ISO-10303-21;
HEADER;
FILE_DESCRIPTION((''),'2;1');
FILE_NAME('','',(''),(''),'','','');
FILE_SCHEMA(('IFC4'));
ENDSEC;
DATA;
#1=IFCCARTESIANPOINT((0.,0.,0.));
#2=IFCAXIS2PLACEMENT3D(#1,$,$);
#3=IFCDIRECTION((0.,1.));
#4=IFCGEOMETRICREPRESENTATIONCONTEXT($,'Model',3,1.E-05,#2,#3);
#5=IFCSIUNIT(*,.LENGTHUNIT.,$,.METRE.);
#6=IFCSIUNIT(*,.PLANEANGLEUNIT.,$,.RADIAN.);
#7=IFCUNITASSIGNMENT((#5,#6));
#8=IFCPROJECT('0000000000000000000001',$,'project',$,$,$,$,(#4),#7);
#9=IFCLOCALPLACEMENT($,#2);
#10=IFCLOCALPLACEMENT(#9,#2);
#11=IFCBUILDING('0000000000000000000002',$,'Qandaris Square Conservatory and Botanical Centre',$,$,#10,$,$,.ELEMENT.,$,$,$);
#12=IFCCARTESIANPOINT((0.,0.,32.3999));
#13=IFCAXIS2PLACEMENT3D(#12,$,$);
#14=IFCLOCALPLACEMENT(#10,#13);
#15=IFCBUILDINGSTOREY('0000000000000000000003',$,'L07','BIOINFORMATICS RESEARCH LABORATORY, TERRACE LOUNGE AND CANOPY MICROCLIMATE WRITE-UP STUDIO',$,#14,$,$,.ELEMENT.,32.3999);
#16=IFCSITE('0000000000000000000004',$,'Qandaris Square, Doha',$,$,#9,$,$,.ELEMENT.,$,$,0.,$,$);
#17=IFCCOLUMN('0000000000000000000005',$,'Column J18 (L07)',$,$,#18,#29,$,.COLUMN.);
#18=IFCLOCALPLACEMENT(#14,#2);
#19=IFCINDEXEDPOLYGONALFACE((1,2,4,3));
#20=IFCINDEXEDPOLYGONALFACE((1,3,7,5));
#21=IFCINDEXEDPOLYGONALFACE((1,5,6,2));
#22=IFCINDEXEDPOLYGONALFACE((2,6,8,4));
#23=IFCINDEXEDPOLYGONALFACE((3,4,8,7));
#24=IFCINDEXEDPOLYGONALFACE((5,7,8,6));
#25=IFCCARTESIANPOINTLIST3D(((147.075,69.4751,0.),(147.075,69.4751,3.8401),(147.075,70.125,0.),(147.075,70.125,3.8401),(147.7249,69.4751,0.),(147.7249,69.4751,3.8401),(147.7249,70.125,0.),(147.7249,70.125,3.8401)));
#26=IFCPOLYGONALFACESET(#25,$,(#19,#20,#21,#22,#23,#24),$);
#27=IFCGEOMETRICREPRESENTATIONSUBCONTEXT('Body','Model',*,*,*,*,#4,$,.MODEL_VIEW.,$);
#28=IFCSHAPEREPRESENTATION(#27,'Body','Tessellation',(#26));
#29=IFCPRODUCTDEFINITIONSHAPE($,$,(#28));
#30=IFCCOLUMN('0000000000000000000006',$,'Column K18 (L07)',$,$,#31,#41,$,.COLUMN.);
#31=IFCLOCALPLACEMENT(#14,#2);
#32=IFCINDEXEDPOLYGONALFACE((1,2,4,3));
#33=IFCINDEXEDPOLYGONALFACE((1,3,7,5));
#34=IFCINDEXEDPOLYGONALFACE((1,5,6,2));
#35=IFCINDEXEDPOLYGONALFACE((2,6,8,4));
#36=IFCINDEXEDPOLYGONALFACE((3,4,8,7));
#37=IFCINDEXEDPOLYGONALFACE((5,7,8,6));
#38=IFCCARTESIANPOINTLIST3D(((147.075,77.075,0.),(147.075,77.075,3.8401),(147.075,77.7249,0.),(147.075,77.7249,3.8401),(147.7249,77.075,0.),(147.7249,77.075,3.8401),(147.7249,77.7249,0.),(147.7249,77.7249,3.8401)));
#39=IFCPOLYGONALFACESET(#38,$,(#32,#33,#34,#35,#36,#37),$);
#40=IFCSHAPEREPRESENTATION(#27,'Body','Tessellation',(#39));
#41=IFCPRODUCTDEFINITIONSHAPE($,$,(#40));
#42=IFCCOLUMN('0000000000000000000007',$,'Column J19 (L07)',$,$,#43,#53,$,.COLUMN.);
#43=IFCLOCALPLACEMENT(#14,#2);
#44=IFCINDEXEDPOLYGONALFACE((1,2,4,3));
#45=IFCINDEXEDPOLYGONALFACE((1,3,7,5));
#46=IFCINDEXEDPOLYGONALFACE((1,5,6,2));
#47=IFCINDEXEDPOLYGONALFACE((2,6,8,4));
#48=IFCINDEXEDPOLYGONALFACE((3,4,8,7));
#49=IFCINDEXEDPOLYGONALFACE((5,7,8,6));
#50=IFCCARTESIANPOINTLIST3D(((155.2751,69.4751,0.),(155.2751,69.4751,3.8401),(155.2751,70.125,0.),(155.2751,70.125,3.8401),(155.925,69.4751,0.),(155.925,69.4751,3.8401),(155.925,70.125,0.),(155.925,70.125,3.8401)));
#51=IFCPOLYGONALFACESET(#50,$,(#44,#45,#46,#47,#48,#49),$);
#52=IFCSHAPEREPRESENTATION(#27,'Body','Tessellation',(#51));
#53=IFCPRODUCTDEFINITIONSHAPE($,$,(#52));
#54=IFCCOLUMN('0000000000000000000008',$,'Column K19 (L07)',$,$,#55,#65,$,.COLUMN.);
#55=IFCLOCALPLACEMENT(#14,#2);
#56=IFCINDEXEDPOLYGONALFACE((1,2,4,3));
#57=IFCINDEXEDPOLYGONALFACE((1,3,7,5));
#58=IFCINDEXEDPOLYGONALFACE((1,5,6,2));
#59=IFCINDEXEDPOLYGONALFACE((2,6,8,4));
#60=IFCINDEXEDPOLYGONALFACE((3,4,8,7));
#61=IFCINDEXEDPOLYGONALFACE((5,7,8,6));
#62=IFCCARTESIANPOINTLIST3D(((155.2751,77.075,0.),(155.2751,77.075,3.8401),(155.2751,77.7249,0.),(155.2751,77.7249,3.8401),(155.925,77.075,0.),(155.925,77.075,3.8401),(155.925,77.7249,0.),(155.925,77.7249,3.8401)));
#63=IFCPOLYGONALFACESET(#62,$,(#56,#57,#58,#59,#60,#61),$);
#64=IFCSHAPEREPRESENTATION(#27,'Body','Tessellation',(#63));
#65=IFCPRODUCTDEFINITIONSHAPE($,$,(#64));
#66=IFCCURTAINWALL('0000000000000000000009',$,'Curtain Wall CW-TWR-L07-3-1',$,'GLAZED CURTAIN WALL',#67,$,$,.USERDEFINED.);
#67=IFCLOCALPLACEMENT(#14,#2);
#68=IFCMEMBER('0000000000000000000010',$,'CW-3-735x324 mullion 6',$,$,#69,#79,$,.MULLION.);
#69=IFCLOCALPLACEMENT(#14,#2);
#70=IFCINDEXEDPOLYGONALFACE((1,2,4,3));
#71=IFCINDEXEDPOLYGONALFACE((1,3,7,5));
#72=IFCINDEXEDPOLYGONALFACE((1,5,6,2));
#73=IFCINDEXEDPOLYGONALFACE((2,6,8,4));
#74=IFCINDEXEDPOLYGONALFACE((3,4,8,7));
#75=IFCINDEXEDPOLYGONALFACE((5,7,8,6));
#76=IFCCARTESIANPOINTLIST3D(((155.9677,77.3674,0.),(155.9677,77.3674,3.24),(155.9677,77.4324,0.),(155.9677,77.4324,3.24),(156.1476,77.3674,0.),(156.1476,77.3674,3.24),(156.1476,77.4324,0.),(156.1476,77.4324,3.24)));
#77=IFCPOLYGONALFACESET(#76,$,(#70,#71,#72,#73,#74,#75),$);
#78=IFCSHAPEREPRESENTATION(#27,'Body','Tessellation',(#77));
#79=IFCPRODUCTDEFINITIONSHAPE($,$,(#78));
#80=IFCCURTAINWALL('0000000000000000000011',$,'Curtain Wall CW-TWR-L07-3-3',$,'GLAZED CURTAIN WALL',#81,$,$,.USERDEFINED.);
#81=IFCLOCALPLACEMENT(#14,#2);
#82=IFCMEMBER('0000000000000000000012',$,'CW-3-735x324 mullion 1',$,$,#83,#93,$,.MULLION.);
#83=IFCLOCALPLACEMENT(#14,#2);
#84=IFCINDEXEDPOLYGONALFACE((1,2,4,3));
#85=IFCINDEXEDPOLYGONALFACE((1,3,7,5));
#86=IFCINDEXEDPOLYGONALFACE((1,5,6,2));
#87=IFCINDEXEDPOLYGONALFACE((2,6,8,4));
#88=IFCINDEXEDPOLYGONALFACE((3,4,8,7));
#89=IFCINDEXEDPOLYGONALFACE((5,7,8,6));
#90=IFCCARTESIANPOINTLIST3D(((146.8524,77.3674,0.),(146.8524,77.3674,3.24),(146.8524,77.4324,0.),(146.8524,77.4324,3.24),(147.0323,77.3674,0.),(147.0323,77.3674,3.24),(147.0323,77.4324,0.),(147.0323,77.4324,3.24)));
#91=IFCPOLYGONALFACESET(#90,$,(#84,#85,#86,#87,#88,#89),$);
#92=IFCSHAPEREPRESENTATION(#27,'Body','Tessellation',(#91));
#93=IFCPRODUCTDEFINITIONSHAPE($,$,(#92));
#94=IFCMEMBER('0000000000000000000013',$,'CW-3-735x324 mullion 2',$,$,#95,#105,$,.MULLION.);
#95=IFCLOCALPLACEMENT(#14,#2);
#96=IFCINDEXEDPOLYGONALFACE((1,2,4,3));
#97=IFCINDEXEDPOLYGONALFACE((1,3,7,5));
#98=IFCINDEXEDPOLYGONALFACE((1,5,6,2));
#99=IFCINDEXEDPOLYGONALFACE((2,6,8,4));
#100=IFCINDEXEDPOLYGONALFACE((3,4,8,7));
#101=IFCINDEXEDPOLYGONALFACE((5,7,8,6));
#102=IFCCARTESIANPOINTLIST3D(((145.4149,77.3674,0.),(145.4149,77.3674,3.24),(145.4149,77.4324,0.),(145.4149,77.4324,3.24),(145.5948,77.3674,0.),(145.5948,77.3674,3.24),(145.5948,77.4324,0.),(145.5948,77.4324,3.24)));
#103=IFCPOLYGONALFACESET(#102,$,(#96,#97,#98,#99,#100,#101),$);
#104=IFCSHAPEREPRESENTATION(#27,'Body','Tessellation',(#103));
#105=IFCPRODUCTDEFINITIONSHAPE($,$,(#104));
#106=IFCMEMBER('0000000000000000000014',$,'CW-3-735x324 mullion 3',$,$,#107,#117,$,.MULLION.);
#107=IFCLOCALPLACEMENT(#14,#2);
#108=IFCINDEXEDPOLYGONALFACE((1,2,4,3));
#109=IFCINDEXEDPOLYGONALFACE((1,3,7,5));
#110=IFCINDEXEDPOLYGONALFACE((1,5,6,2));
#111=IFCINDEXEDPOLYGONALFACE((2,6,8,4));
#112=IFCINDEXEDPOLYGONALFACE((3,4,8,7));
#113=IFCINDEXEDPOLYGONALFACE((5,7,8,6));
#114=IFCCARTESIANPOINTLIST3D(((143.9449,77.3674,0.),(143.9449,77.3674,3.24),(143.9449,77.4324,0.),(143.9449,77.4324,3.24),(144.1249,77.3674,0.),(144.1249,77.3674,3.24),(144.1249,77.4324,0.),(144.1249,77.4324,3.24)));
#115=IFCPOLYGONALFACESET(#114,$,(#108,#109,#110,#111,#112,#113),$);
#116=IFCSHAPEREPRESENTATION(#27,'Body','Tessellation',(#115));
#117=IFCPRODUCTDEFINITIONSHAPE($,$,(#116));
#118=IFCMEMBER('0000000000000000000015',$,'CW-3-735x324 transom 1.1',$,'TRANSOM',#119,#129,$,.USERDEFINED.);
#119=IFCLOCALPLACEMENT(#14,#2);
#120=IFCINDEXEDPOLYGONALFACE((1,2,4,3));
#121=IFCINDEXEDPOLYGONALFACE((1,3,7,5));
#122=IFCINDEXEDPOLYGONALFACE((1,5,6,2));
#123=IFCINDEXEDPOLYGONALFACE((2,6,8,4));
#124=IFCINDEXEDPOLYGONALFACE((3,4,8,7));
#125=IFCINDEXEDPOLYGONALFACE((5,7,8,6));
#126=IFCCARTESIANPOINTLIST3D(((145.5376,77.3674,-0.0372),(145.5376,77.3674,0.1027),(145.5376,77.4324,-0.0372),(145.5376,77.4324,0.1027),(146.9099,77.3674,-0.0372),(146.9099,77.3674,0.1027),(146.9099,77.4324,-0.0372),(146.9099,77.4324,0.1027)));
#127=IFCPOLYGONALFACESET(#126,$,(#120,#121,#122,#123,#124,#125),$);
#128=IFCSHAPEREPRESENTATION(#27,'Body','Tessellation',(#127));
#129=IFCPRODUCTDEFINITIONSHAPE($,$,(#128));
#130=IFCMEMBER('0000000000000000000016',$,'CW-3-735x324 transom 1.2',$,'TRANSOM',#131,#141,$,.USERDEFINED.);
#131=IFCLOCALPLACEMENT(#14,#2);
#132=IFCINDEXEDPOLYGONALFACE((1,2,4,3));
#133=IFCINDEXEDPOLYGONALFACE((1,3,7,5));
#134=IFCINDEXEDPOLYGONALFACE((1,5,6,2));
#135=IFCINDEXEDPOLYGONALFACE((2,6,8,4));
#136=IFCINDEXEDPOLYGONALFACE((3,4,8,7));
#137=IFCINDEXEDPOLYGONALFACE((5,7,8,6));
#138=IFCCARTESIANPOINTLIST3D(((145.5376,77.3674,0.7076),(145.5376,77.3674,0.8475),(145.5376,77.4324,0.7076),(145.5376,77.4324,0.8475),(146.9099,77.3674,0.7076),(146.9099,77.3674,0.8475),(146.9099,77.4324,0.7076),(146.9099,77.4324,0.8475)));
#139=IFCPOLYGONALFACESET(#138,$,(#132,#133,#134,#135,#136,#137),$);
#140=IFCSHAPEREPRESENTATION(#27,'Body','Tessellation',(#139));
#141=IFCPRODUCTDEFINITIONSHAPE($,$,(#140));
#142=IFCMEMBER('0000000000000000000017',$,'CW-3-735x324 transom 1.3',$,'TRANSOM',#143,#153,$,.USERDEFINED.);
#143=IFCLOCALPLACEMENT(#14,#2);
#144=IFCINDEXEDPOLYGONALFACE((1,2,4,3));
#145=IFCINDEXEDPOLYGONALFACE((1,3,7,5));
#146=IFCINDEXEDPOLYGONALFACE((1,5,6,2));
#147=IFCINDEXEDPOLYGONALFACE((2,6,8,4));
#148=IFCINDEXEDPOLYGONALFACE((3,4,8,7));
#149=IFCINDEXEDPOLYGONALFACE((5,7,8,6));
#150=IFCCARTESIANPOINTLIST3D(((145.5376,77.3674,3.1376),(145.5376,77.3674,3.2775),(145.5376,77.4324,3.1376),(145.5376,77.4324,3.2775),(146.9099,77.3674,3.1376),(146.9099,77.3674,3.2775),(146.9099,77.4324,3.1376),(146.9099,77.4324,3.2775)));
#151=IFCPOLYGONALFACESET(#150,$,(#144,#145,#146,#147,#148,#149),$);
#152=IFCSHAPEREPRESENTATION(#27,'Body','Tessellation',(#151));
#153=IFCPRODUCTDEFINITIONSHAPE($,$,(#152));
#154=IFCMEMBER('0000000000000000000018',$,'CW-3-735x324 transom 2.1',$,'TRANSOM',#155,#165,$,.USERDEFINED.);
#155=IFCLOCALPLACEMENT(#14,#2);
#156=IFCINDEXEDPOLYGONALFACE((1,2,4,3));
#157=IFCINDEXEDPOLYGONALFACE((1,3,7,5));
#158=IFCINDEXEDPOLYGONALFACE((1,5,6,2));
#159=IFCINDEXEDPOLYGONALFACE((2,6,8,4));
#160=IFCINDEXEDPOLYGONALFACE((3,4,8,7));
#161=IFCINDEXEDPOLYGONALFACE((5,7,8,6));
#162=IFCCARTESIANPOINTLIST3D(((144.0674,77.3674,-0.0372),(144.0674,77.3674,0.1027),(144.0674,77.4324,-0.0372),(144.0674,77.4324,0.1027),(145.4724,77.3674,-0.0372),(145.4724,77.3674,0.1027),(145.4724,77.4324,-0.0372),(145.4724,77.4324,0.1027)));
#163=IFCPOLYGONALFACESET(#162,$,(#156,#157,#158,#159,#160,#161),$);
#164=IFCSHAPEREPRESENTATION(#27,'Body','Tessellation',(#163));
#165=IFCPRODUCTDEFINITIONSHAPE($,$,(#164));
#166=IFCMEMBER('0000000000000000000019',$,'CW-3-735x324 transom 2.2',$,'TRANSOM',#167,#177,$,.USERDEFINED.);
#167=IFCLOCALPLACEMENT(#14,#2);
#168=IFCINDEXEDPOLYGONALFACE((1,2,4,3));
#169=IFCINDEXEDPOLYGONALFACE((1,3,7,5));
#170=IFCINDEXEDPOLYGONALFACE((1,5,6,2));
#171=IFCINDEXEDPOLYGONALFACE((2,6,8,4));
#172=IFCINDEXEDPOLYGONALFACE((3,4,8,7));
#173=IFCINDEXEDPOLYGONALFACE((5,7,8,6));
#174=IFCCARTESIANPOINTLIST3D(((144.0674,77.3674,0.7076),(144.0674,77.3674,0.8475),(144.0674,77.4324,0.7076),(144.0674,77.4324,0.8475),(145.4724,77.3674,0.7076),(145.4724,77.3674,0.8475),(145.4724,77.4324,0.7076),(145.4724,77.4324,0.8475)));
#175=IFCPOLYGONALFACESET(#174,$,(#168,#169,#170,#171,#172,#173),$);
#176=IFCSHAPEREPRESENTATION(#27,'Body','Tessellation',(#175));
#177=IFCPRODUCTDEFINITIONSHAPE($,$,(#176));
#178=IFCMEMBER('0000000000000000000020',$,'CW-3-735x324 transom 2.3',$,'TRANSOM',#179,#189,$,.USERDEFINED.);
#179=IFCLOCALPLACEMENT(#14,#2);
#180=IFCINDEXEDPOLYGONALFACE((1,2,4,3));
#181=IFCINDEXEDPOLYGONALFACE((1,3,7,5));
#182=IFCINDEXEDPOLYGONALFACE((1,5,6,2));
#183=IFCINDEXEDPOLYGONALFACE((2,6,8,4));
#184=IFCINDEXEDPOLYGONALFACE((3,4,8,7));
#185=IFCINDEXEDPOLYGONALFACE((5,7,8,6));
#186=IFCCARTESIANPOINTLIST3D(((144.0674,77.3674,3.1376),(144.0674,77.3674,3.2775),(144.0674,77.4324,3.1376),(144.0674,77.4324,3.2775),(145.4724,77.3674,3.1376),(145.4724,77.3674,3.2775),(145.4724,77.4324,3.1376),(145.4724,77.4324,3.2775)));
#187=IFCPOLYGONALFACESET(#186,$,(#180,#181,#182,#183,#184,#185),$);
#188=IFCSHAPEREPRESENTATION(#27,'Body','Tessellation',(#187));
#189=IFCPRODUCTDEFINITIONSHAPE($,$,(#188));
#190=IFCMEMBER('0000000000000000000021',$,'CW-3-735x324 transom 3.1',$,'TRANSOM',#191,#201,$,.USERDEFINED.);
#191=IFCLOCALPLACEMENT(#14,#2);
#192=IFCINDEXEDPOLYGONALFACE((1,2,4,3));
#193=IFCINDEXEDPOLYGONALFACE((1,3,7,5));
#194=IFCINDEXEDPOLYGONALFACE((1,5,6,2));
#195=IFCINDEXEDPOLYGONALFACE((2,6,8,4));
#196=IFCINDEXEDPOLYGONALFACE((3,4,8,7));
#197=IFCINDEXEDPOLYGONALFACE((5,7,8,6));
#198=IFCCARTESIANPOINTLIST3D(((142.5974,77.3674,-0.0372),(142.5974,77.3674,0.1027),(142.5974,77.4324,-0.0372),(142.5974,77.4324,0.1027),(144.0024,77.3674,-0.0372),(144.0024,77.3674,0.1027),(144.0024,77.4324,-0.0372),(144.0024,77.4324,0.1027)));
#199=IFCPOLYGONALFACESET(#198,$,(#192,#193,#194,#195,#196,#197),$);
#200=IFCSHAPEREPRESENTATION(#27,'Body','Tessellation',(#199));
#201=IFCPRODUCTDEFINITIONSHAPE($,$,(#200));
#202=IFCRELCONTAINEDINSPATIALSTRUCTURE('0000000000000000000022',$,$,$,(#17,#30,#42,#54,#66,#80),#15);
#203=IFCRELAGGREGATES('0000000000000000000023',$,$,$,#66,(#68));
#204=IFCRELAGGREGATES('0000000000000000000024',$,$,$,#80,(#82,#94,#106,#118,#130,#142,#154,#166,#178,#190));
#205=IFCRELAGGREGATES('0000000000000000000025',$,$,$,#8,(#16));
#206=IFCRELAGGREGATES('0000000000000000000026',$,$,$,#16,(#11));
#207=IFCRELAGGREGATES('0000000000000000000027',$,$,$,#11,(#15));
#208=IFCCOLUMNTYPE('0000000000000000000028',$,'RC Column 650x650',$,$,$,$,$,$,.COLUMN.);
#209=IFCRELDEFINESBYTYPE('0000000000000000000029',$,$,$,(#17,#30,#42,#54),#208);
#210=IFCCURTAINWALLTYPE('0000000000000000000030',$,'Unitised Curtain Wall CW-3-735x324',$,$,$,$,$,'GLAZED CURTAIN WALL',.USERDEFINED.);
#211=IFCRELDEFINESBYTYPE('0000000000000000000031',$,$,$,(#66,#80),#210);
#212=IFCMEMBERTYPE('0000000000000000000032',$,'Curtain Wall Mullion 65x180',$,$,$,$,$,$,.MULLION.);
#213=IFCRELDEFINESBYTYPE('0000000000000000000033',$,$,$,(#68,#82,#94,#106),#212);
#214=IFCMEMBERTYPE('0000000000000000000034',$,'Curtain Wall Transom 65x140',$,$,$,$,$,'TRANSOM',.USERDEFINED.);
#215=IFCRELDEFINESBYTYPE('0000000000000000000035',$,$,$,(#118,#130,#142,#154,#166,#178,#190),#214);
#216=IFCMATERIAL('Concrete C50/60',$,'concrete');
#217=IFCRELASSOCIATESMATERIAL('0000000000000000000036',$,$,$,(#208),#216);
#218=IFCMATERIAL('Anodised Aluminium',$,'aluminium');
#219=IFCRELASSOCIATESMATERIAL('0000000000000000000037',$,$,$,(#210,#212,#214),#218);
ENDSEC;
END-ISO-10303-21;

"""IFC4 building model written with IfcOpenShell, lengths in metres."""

from ifc_helpers import new_model, si_unit, direction, frame, origin, origin_2d, place, context, subcontext, project, spatial, rectangle, extrude, material, material_profile, profile_set, type_object, element, aggregate, save


model = new_model("IFC4")

# Units and contexts
model_context = context("Model", 3, precision=1e-05, world=origin(), true_north=direction((0.0, 1.0)))
body_context = subcontext(model_context, "Body", "Model", "MODEL_VIEW")
ifc_project = project(units=[si_unit("LENGTHUNIT", "METRE"), si_unit("PLANEANGLEUNIT", "RADIAN")], contexts=[model_context])

# Site, building, storey
site_placement = place(None, origin())
site = spatial("IfcSite", under=ifc_project, at=site_placement, Name="Qandaris Square, Doha", CompositionType="ELEMENT", RefElevation=0.0)
building_placement = place(site_placement, origin())
building = spatial("IfcBuilding", under=site, at=building_placement, Name="Qandaris Square Conservatory and Botanical Centre", CompositionType="ELEMENT")
storey_placement = place(building_placement, frame((0.0, 0.0, 32.3999)))
storey = spatial("IfcBuildingStorey", under=building, at=storey_placement, Name="L07", Description="BIOINFORMATICS RESEARCH LABORATORY, TERRACE LOUNGE AND CANOPY MICROCLIMATE WRITE-UP STUDIO", CompositionType="ELEMENT", Elevation=32.3999)

# Columns
ifc_material_1 = material(Name="Concrete C50/60", Category="concrete")
ifc_material_profile_1 = material_profile(ifc_material_1, rectangle(XDim=0.6499, YDim=0.6499, at=origin_2d()), Name="RC-COL 650x650")
ifc_profile_set_1 = profile_set([ifc_material_profile_1], Name="Concrete C50/60")
column_type = type_object("IfcColumnType", Name="RC Column 650x650", PredefinedType="COLUMN", material=ifc_profile_set_1)
for number, where, z_axis, x_axis, name in (
    (1, (147.3999, 69.8, 0.0), (0.0, 0.0, 1.0), (1.0, 0.0, 0.0), "Column J18 (L07)"),
    (2, (147.3999, 77.3999, 0.0), (0.0, 0.0, 1.0), (1.0, 0.0, 0.0), "Column K18 (L07)"),
    (3, (155.6001, 69.8, 0.0), (0.0, 0.0, 1.0), (1.0, 0.0, 0.0), "Column J19 (L07)"),
    (4, (155.6001, 77.3999, 0.0), (0.0, 0.0, 1.0), (1.0, 0.0, 0.0), "Column K19 (L07)"),
):
    element("IfcColumn", number, at=place(storey_placement, frame(where, z_axis=z_axis, x_axis=x_axis)), inside=storey, type_object=column_type, Name=name, PredefinedType="COLUMN", context=body_context, shape_type="SweptSolid", body=[
        extrude(rectangle(XDim=0.6499, YDim=0.6499, at=origin_2d()), origin(), (0.0, 0.0, 1.0), 3.8401),
    ])

# Curtain wall, member
ifc_material_2 = material(Name="Anodised Aluminium", Category="aluminium")
curtain_wall_type = type_object("IfcCurtainWallType", Name="Unitised Curtain Wall CW-3-735x324", ElementType="GLAZED CURTAIN WALL", PredefinedType="USERDEFINED", material=ifc_material_2)
curtain_wall_1_placement = place(storey_placement, origin())
curtain_wall_1 = element("IfcCurtainWall", 5, at=curtain_wall_1_placement, inside=storey, type_object=curtain_wall_type, Name="Curtain Wall CW-TWR-L07-3-1", ObjectType="GLAZED CURTAIN WALL", PredefinedType="USERDEFINED")
ifc_material_profile_2 = material_profile(ifc_material_2, rectangle(XDim=0.0649, YDim=0.1799, at=origin_2d()), Name="ALU-MUL 65x180")
ifc_profile_set_2 = profile_set([ifc_material_profile_2], Name="Anodised Aluminium")
member_type_1 = type_object("IfcMemberType", Name="Curtain Wall Mullion 65x180", PredefinedType="MULLION", material=ifc_profile_set_2)
member_1_placement = place(storey_placement, frame((156.0576, 77.3999, 0.0), z_axis=(0.0, 0.0, 1.0), x_axis=(0.0, -1.0, 0.0)))
member_1 = element("IfcMember", 6, at=member_1_placement, type_object=member_type_1, Name="CW-3-735x324 mullion 6", PredefinedType="MULLION", context=body_context, shape_type="SweptSolid", body=[
    extrude(rectangle(XDim=0.0649, YDim=0.1799, at=origin_2d()), origin(), (0.0, 0.0, 1.0), 3.24),
])
aggregate(curtain_wall_1, [member_1])

# Curtain wall, members
curtain_wall_2_placement = place(storey_placement, origin())
curtain_wall_2 = element("IfcCurtainWall", 7, at=curtain_wall_2_placement, inside=storey, type_object=curtain_wall_type, Name="Curtain Wall CW-TWR-L07-3-3", ObjectType="GLAZED CURTAIN WALL", PredefinedType="USERDEFINED")
member_2_placement = place(storey_placement, frame((146.9424, 77.3999, 0.0), z_axis=(0.0, 0.0, 1.0), x_axis=(0.0, -1.0, 0.0)))
member_2 = element("IfcMember", 8, at=member_2_placement, type_object=member_type_1, Name="CW-3-735x324 mullion 1", PredefinedType="MULLION", context=body_context, shape_type="SweptSolid", body=[
    extrude(rectangle(XDim=0.0649, YDim=0.1799, at=origin_2d()), origin(), (0.0, 0.0, 1.0), 3.24),
])
member_3_placement = place(storey_placement, frame((145.5049, 77.3999, 0.0), z_axis=(0.0, 0.0, 1.0), x_axis=(0.0, -1.0, 0.0)))
member_3 = element("IfcMember", 9, at=member_3_placement, type_object=member_type_1, Name="CW-3-735x324 mullion 2", PredefinedType="MULLION", context=body_context, shape_type="SweptSolid", body=[
    extrude(rectangle(XDim=0.0649, YDim=0.1799, at=origin_2d()), origin(), (0.0, 0.0, 1.0), 3.24),
])
member_4_placement = place(storey_placement, frame((144.0349, 77.3999, 0.0), z_axis=(0.0, 0.0, 1.0), x_axis=(0.0, -1.0, 0.0)))
member_4 = element("IfcMember", 10, at=member_4_placement, type_object=member_type_1, Name="CW-3-735x324 mullion 3", PredefinedType="MULLION", context=body_context, shape_type="SweptSolid", body=[
    extrude(rectangle(XDim=0.0649, YDim=0.1799, at=origin_2d()), origin(), (0.0, 0.0, 1.0), 3.24),
])
ifc_material_profile_3 = material_profile(ifc_material_2, rectangle(XDim=0.0649, YDim=0.1399, at=origin_2d()), Name="ALU-TRN 65x140")
ifc_profile_set_3 = profile_set([ifc_material_profile_3], Name="Anodised Aluminium")
member_type_2 = type_object("IfcMemberType", Name="Curtain Wall Transom 65x140", ElementType="TRANSOM", PredefinedType="USERDEFINED", material=ifc_profile_set_3)
member_5_placement = place(storey_placement, frame((146.9099, 77.3999, 0.0327), z_axis=(-1.0, 0.0, 0.0), x_axis=(0.0, -1.0, 0.0)))
member_5 = element("IfcMember", 11, at=member_5_placement, type_object=member_type_2, Name="CW-3-735x324 transom 1.1", ObjectType="TRANSOM", PredefinedType="USERDEFINED", context=body_context, shape_type="SweptSolid", body=[
    extrude(rectangle(XDim=0.0649, YDim=0.1399, at=origin_2d()), origin(), (0.0, 0.0, 1.0), 1.3723),
])
member_6_placement = place(storey_placement, frame((146.9099, 77.3999, 0.7776), z_axis=(-1.0, 0.0, 0.0), x_axis=(0.0, -1.0, 0.0)))
member_6 = element("IfcMember", 12, at=member_6_placement, type_object=member_type_2, Name="CW-3-735x324 transom 1.2", ObjectType="TRANSOM", PredefinedType="USERDEFINED", context=body_context, shape_type="SweptSolid", body=[
    extrude(rectangle(XDim=0.0649, YDim=0.1399, at=origin_2d()), origin(), (0.0, 0.0, 1.0), 1.3723),
])
member_7_placement = place(storey_placement, frame((146.9099, 77.3999, 3.2075), z_axis=(-1.0, 0.0, 0.0), x_axis=(0.0, -1.0, 0.0)))
member_7 = element("IfcMember", 13, at=member_7_placement, type_object=member_type_2, Name="CW-3-735x324 transom 1.3", ObjectType="TRANSOM", PredefinedType="USERDEFINED", context=body_context, shape_type="SweptSolid", body=[
    extrude(rectangle(XDim=0.0649, YDim=0.1399, at=origin_2d()), origin(), (0.0, 0.0, 1.0), 1.3723),
])
member_8_placement = place(storey_placement, frame((145.4724, 77.3999, 0.0327), z_axis=(-1.0, 0.0, 0.0), x_axis=(0.0, -1.0, 0.0)))
member_8 = element("IfcMember", 14, at=member_8_placement, type_object=member_type_2, Name="CW-3-735x324 transom 2.1", ObjectType="TRANSOM", PredefinedType="USERDEFINED", context=body_context, shape_type="SweptSolid", body=[
    extrude(rectangle(XDim=0.0649, YDim=0.1399, at=origin_2d()), origin(), (0.0, 0.0, 1.0), 1.405),
])
member_9_placement = place(storey_placement, frame((145.4724, 77.3999, 0.7776), z_axis=(-1.0, 0.0, 0.0), x_axis=(0.0, -1.0, 0.0)))
member_9 = element("IfcMember", 15, at=member_9_placement, type_object=member_type_2, Name="CW-3-735x324 transom 2.2", ObjectType="TRANSOM", PredefinedType="USERDEFINED", context=body_context, shape_type="SweptSolid", body=[
    extrude(rectangle(XDim=0.0649, YDim=0.1399, at=origin_2d()), origin(), (0.0, 0.0, 1.0), 1.405),
])
member_10_placement = place(storey_placement, frame((145.4724, 77.3999, 3.2075), z_axis=(-1.0, 0.0, 0.0), x_axis=(0.0, -1.0, 0.0)))
member_10 = element("IfcMember", 16, at=member_10_placement, type_object=member_type_2, Name="CW-3-735x324 transom 2.3", ObjectType="TRANSOM", PredefinedType="USERDEFINED", context=body_context, shape_type="SweptSolid", body=[
    extrude(rectangle(XDim=0.0649, YDim=0.1399, at=origin_2d()), origin(), (0.0, 0.0, 1.0), 1.405),
])
member_11_placement = place(storey_placement, frame((144.0024, 77.3999, 0.0327), z_axis=(-1.0, 0.0, 0.0), x_axis=(0.0, -1.0, 0.0)))
member_11 = element("IfcMember", 17, at=member_11_placement, type_object=member_type_2, Name="CW-3-735x324 transom 3.1", ObjectType="TRANSOM", PredefinedType="USERDEFINED", context=body_context, shape_type="SweptSolid", body=[
    extrude(rectangle(XDim=0.0649, YDim=0.1399, at=origin_2d()), origin(), (0.0, 0.0, 1.0), 1.405),
])

aggregate(curtain_wall_2, [member_2, member_3, member_4, member_5, member_6, member_7, member_8, member_9, member_10, member_11])

save(model, "model.ifc")
